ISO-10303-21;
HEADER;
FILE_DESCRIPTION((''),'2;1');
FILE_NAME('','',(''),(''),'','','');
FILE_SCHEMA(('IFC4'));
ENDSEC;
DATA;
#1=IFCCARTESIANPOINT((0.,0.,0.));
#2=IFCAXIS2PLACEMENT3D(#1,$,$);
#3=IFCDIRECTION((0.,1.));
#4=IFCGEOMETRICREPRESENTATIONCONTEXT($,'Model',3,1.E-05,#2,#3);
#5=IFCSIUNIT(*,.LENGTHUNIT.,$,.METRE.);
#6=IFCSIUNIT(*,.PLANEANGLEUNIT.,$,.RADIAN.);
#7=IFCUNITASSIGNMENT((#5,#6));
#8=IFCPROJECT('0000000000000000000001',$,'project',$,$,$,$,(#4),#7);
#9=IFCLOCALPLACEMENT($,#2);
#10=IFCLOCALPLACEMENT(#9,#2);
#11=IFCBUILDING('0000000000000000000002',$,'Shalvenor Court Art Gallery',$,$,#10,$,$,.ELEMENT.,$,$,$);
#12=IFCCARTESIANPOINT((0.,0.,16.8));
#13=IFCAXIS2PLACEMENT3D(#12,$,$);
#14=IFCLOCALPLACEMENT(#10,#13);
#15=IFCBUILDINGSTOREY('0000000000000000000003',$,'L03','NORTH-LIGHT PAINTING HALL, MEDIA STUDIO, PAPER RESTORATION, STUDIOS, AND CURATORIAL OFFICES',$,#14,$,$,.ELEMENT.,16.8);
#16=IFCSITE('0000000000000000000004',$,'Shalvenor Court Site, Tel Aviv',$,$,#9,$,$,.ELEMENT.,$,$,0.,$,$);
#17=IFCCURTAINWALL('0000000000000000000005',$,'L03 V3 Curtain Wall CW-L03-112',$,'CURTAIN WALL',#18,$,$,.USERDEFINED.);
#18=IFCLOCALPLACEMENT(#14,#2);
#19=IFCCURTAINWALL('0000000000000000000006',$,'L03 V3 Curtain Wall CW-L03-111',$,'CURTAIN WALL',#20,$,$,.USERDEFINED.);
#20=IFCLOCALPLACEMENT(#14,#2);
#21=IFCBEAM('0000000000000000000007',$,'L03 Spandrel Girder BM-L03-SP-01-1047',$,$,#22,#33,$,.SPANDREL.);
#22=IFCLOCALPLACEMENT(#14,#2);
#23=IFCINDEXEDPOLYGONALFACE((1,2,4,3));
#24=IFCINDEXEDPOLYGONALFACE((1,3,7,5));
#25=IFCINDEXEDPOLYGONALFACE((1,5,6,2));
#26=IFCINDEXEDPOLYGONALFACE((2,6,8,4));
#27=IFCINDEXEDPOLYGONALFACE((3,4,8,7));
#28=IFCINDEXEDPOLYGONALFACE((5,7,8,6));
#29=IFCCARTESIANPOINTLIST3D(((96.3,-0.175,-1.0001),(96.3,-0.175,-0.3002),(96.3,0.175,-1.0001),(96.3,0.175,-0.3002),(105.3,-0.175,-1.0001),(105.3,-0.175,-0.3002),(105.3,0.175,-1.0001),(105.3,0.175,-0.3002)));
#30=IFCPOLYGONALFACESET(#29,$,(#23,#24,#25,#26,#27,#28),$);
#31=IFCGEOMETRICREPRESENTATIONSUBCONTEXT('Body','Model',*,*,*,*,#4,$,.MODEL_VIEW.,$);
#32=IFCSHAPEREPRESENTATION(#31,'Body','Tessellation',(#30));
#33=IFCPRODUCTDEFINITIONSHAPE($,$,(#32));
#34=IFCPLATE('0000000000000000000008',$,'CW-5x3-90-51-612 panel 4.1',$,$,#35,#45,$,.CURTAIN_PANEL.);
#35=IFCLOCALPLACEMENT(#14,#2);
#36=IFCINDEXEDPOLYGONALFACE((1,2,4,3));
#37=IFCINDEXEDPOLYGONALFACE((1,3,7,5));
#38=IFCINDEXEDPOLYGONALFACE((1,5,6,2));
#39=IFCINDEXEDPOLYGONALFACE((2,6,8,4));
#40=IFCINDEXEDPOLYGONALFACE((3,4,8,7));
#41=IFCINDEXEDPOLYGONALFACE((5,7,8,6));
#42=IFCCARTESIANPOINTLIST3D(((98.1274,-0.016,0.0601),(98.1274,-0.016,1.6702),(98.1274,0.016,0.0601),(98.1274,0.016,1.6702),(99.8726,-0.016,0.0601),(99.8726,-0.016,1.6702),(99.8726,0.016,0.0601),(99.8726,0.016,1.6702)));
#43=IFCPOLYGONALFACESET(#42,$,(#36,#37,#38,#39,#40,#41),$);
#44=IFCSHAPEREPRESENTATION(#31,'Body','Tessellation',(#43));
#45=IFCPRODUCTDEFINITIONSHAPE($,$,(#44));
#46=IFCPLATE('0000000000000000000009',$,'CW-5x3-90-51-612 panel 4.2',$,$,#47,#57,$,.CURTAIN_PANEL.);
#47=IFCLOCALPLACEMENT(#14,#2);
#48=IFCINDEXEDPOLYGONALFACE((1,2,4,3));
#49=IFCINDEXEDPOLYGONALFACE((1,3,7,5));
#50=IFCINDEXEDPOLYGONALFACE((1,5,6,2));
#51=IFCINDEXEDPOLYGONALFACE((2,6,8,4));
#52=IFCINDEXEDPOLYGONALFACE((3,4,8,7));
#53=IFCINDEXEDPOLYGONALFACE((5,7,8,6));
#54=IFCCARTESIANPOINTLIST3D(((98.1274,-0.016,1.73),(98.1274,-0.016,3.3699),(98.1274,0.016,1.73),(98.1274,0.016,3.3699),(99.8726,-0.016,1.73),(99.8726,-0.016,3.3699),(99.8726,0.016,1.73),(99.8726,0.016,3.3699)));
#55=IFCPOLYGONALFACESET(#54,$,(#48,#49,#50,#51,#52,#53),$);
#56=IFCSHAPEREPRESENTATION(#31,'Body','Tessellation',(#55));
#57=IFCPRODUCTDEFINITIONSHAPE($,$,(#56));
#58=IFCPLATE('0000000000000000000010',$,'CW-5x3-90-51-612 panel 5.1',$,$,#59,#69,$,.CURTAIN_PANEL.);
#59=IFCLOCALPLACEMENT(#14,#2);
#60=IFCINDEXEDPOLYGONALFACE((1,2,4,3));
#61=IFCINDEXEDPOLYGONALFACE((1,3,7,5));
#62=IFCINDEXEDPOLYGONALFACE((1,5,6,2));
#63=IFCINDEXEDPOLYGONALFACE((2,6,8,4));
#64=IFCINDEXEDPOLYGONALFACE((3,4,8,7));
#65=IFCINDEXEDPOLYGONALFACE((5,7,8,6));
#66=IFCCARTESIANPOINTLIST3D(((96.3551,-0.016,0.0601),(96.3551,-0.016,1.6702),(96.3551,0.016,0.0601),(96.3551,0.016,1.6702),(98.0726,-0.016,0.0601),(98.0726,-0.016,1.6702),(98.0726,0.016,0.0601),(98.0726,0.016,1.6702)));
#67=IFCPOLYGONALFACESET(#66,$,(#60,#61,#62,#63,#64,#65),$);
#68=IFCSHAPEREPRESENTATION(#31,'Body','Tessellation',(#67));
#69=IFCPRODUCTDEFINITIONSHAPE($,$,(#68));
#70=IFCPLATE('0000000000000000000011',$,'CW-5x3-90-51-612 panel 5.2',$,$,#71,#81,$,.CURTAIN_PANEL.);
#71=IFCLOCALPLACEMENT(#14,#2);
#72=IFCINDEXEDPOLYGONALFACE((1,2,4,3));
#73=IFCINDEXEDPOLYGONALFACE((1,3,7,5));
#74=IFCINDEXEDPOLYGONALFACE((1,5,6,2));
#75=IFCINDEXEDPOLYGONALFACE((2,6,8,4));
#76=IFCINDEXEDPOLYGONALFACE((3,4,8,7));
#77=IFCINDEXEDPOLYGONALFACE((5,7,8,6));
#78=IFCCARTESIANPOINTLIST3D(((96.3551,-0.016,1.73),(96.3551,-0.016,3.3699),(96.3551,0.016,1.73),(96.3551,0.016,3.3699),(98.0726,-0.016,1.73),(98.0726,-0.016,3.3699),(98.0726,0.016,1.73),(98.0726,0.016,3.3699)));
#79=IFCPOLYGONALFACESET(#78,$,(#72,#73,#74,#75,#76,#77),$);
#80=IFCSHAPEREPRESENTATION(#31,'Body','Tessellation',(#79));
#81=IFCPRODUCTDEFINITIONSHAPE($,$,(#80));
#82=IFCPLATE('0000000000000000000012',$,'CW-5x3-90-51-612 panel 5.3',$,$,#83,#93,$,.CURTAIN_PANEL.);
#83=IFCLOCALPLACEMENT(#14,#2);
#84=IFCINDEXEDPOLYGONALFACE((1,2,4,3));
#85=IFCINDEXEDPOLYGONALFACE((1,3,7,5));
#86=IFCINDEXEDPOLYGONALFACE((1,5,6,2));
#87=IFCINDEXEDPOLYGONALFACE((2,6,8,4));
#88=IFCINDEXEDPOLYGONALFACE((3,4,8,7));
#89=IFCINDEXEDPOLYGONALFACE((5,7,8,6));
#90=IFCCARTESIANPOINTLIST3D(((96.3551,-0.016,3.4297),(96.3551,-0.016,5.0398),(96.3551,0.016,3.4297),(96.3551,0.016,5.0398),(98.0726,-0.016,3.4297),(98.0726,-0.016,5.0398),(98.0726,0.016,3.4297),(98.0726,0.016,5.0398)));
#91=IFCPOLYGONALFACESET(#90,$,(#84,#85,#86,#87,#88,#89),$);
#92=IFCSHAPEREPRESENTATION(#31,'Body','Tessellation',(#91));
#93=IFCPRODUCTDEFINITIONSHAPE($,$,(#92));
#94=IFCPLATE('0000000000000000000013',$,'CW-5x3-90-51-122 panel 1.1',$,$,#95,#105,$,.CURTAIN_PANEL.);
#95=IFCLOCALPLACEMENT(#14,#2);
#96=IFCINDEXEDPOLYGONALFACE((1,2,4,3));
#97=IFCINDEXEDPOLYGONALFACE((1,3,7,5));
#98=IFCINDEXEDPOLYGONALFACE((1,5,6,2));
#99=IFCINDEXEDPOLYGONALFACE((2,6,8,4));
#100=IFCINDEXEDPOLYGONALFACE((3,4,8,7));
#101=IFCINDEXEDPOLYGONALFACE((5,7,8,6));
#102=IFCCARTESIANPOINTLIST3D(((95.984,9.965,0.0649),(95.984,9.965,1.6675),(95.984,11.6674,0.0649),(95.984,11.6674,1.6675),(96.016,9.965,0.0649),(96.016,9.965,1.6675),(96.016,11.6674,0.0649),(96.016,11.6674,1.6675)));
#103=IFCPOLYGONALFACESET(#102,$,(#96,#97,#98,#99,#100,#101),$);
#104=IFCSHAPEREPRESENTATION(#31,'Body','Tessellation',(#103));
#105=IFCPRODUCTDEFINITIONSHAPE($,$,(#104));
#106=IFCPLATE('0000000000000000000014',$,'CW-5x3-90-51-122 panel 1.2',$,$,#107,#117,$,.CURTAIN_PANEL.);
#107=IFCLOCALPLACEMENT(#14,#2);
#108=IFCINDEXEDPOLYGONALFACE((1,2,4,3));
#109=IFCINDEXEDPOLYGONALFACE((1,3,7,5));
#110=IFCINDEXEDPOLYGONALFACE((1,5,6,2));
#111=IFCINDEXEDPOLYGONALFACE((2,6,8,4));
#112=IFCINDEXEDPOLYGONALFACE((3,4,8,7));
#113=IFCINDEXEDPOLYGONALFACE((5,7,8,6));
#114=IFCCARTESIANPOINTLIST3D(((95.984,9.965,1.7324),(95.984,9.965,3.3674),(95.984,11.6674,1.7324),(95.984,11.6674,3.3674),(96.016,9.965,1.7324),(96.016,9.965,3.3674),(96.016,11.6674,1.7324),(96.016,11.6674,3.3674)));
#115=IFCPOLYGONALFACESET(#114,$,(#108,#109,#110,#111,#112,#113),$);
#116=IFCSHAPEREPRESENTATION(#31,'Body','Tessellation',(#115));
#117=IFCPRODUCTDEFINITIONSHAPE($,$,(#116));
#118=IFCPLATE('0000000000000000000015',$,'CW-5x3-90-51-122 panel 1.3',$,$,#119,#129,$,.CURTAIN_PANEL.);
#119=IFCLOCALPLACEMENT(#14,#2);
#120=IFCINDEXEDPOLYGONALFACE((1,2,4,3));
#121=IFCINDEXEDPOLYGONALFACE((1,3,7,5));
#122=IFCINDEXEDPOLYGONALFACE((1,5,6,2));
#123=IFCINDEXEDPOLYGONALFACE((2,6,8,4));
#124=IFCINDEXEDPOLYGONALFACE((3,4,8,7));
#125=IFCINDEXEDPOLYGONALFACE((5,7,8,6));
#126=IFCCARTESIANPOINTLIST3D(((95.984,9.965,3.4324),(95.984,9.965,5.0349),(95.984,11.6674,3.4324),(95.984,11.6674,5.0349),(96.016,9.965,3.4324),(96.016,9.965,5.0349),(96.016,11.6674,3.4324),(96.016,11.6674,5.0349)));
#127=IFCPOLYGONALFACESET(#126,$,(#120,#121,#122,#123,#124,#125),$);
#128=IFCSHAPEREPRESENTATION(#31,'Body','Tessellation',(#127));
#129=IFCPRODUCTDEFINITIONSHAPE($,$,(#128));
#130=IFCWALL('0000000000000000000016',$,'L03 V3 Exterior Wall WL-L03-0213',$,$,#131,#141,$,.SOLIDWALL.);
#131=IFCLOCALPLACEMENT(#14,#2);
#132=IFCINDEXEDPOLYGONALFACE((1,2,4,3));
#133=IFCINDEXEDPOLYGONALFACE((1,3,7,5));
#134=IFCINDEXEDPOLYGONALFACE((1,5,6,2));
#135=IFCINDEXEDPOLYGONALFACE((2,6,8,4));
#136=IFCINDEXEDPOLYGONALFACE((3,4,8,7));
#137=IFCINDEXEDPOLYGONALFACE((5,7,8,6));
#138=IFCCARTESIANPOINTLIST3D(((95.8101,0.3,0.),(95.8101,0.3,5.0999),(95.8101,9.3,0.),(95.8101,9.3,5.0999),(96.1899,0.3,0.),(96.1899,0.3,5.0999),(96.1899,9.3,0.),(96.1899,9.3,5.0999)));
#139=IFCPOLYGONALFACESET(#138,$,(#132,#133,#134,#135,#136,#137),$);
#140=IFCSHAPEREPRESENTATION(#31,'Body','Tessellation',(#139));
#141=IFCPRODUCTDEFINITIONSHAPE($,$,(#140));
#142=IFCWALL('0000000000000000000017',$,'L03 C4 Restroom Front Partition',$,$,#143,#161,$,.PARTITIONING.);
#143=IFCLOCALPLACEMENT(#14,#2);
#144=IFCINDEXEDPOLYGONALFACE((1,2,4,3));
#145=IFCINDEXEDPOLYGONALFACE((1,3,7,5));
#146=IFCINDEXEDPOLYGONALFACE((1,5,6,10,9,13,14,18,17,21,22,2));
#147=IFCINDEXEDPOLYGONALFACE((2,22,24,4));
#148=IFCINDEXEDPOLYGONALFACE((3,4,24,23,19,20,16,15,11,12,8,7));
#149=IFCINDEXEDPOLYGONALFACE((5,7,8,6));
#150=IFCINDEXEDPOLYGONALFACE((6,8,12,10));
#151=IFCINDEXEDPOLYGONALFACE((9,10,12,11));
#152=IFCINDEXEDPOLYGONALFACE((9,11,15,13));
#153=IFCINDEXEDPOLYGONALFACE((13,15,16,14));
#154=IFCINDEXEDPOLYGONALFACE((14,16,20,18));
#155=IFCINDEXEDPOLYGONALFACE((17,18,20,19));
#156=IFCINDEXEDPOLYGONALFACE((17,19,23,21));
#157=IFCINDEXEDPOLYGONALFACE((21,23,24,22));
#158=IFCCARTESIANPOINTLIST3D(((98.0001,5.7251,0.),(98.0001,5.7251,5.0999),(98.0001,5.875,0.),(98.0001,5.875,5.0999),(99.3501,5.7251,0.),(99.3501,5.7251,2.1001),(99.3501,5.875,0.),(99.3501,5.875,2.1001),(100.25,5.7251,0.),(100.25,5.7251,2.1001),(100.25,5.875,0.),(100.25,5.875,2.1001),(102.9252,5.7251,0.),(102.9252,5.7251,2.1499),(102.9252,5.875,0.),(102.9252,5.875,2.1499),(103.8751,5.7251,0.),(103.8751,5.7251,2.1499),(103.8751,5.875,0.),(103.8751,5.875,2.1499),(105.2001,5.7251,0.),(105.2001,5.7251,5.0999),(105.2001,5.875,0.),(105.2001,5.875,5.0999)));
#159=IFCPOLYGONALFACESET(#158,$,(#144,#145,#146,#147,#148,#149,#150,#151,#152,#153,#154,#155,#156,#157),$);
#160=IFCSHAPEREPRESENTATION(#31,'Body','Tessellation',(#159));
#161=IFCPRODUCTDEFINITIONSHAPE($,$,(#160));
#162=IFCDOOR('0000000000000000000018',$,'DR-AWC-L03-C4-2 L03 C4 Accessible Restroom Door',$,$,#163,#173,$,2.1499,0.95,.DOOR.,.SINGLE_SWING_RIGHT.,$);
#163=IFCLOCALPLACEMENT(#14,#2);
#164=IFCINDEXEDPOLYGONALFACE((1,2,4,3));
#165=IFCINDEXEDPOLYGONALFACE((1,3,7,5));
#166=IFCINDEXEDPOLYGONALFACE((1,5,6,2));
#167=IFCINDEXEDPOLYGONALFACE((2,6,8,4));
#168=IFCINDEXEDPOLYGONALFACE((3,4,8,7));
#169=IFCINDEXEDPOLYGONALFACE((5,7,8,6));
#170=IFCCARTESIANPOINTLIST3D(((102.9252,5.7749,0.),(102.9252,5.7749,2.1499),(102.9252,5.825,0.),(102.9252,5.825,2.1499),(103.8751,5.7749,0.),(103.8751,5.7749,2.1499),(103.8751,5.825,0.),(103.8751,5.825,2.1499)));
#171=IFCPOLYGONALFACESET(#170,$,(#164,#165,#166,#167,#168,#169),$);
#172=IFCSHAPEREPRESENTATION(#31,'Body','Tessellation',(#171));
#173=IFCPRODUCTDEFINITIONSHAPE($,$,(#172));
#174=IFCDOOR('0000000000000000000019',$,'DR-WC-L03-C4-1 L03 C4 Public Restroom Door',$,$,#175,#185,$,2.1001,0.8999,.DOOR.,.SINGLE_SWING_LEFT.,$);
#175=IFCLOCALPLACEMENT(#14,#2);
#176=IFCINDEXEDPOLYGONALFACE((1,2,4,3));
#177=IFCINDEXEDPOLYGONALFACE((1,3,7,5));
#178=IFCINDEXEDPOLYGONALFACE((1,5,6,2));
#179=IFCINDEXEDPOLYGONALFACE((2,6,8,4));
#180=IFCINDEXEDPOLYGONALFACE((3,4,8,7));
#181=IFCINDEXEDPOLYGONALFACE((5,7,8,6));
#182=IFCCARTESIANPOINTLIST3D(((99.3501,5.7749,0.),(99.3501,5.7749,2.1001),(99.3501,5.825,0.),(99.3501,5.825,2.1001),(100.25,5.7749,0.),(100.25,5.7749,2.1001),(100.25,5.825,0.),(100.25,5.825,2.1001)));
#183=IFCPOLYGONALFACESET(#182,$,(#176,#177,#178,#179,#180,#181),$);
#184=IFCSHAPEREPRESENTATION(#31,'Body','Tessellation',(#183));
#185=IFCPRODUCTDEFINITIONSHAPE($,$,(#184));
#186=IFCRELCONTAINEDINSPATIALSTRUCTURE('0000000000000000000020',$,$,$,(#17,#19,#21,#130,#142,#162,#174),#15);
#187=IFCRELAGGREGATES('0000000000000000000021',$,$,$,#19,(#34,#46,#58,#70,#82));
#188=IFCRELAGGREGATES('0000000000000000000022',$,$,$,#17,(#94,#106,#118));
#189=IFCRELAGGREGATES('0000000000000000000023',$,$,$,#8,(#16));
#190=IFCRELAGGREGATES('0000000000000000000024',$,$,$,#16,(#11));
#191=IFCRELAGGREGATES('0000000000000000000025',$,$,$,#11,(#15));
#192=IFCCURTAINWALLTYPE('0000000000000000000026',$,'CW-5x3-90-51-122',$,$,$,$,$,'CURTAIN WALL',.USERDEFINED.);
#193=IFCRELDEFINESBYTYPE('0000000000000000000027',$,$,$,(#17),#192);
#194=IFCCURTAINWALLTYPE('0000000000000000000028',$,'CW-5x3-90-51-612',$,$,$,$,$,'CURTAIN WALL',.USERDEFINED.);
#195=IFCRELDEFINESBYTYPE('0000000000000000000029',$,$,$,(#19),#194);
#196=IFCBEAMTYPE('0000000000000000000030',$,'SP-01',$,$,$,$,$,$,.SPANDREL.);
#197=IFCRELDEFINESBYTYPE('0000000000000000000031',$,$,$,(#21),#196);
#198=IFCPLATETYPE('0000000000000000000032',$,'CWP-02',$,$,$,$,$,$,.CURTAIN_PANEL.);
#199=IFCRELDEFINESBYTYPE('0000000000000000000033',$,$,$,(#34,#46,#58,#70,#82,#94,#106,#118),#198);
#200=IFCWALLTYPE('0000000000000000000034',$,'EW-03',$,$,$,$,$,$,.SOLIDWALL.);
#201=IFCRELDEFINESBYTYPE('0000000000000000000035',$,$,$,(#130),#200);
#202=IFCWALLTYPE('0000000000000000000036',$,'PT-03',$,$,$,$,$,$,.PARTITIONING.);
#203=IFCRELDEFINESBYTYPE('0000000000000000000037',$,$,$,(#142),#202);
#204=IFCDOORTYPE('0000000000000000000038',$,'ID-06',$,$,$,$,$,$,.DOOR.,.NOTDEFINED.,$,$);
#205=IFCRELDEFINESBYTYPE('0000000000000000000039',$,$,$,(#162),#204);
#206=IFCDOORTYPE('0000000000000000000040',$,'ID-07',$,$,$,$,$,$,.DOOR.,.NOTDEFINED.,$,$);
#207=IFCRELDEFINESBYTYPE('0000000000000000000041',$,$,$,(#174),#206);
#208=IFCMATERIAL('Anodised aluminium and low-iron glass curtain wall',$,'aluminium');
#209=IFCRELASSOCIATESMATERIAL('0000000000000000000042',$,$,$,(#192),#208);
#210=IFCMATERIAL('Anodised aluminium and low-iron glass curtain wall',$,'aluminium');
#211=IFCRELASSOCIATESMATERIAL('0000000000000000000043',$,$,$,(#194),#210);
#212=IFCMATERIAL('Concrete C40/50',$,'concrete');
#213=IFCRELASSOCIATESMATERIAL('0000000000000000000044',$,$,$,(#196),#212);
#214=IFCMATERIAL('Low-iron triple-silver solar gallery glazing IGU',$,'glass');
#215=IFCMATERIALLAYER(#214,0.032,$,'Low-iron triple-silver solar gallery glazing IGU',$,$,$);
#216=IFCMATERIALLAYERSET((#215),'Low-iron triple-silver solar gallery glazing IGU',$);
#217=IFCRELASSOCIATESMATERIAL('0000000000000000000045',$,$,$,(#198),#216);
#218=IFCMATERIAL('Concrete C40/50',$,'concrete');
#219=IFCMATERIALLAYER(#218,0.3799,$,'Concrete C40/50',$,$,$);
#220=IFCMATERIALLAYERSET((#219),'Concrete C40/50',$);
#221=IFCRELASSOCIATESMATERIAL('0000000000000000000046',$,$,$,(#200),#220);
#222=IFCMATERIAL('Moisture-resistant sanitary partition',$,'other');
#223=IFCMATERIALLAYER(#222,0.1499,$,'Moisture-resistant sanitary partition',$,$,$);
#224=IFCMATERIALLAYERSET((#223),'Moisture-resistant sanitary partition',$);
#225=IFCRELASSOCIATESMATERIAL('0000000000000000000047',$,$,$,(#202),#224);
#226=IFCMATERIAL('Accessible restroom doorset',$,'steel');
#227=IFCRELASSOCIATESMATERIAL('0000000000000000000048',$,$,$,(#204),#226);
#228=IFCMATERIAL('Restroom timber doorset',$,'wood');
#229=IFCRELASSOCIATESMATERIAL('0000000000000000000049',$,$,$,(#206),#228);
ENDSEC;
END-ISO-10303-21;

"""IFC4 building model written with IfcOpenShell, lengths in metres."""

from ifc_helpers import new_model, si_unit, direction, frame, frame_2d, origin, origin_2d, place, context, subcontext, project, spatial, rectangle, extrude, material, layer, layer_set, material_profile, profile_set, type_object, element, fill, aggregate, save


model = new_model("IFC4")

# Units and contexts
model_context = context("Model", 3, precision=1e-05, world=origin(), true_north=direction((0.0, 1.0)))
body_context = subcontext(model_context, "Body", "Model", "MODEL_VIEW")
ifc_project = project(units=[si_unit("LENGTHUNIT", "METRE"), si_unit("PLANEANGLEUNIT", "RADIAN")], contexts=[model_context])

# Site, building, storey
site_placement = place(None, origin())
site = spatial("IfcSite", under=ifc_project, at=site_placement, Name="Shalvenor Court Site, Tel Aviv", CompositionType="ELEMENT", RefElevation=0.0)
building_placement = place(site_placement, origin())
building = spatial("IfcBuilding", under=site, at=building_placement, Name="Shalvenor Court Art Gallery", CompositionType="ELEMENT")
storey_placement = place(building_placement, frame((0.0, 0.0, 16.8)))
storey = spatial("IfcBuildingStorey", under=building, at=storey_placement, Name="L03", Description="NORTH-LIGHT PAINTING HALL, MEDIA STUDIO, PAPER RESTORATION, STUDIOS, AND CURATORIAL OFFICES", CompositionType="ELEMENT", Elevation=16.8)

# Curtain wall
ifc_material_1 = material(Name="Anodised aluminium and low-iron glass curtain wall", Category="aluminium")
curtain_wall_type_1 = type_object("IfcCurtainWallType", Name="CW-5x3-90-51-122", ElementType="CURTAIN WALL", PredefinedType="USERDEFINED", material=ifc_material_1)
curtain_wall_1_placement = place(storey_placement, origin())
curtain_wall_1 = element("IfcCurtainWall", 1, at=curtain_wall_1_placement, inside=storey, type_object=curtain_wall_type_1, Name="L03 V3 Curtain Wall CW-L03-112", ObjectType="CURTAIN WALL", PredefinedType="USERDEFINED")

# Curtain wall
ifc_material_2 = material(Name="Anodised aluminium and low-iron glass curtain wall", Category="aluminium")
curtain_wall_type_2 = type_object("IfcCurtainWallType", Name="CW-5x3-90-51-612", ElementType="CURTAIN WALL", PredefinedType="USERDEFINED", material=ifc_material_2)
curtain_wall_2_placement = place(storey_placement, origin())
curtain_wall_2 = element("IfcCurtainWall", 2, at=curtain_wall_2_placement, inside=storey, type_object=curtain_wall_type_2, Name="L03 V3 Curtain Wall CW-L03-111", ObjectType="CURTAIN WALL", PredefinedType="USERDEFINED")

# Beam
ifc_material_3 = material(Name="Concrete C40/50", Category="concrete")
ifc_material_profile_1 = material_profile(ifc_material_3, rectangle(XDim=0.3501, YDim=0.7, at=origin_2d()), Name="RC 350x700")
ifc_profile_set_1 = profile_set([ifc_material_profile_1], Name="Concrete C40/50")
beam_type_1 = type_object("IfcBeamType", Name="SP-01", PredefinedType="SPANDREL", material=ifc_profile_set_1)
beam_1_placement = place(storey_placement, frame((96.3, 0.0, -0.6501), z_axis=(1.0, 0.0, 0.0), x_axis=(0.0, 1.0, 0.0)))
element("IfcBeam", 3, at=beam_1_placement, inside=storey, type_object=beam_type_1, Name="L03 Spandrel Girder BM-L03-SP-01-1047", PredefinedType="SPANDREL", context=body_context, shape_type="SweptSolid", body=[
    extrude(rectangle(XDim=0.3501, YDim=0.7, at=origin_2d()), origin(), (0.0, 0.0, 1.0), 9.0),
])

# Plates
ifc_material_4 = material(Name="Low-iron triple-silver solar gallery glazing IGU", Category="glass")
ifc_layer_1 = layer(ifc_material_4, 0.032, Name="Low-iron triple-silver solar gallery glazing IGU")
ifc_layer_set_1 = layer_set([ifc_layer_1], Name="Low-iron triple-silver solar gallery glazing IGU")
plate_type = type_object("IfcPlateType", Name="CWP-02", PredefinedType="CURTAIN_PANEL", material=ifc_layer_set_1)
plate_1_placement = place(storey_placement, frame((99.0, 0.0, 0.0601), z_axis=(0.0, 0.0, 1.0), x_axis=(-1.0, 0.0, 0.0)))
plate_1 = element("IfcPlate", 4, at=plate_1_placement, type_object=plate_type, Name="CW-5x3-90-51-612 panel 4.1", PredefinedType="CURTAIN_PANEL", context=body_context, shape_type="SweptSolid", body=[
    extrude(rectangle(XDim=1.7451, YDim=0.032, at=origin_2d()), origin(), (0.0, 0.0, 1.0), 1.6101),
])
plate_2_placement = place(storey_placement, frame((99.0, 0.0, 1.73), z_axis=(0.0, 0.0, 1.0), x_axis=(-1.0, 0.0, 0.0)))
plate_2 = element("IfcPlate", 5, at=plate_2_placement, type_object=plate_type, Name="CW-5x3-90-51-612 panel 4.2", PredefinedType="CURTAIN_PANEL", context=body_context, shape_type="SweptSolid", body=[
    extrude(rectangle(XDim=1.7451, YDim=0.032, at=origin_2d()), origin(), (0.0, 0.0, 1.0), 1.6399),
])
plate_3_placement = place(storey_placement, frame((97.2139, 0.0, 0.0601), z_axis=(0.0, 0.0, 1.0), x_axis=(-1.0, 0.0, 0.0)))
plate_3 = element("IfcPlate", 6, at=plate_3_placement, type_object=plate_type, Name="CW-5x3-90-51-612 panel 5.1", PredefinedType="CURTAIN_PANEL", context=body_context, shape_type="SweptSolid", body=[
    extrude(rectangle(XDim=1.7175, YDim=0.032, at=origin_2d()), origin(), (0.0, 0.0, 1.0), 1.6101),
])
plate_4_placement = place(storey_placement, frame((97.2139, 0.0, 1.73), z_axis=(0.0, 0.0, 1.0), x_axis=(-1.0, 0.0, 0.0)))
plate_4 = element("IfcPlate", 7, at=plate_4_placement, type_object=plate_type, Name="CW-5x3-90-51-612 panel 5.2", PredefinedType="CURTAIN_PANEL", context=body_context, shape_type="SweptSolid", body=[
    extrude(rectangle(XDim=1.7175, YDim=0.032, at=origin_2d()), origin(), (0.0, 0.0, 1.0), 1.6399),
])
plate_5_placement = place(storey_placement, frame((97.2139, 0.0, 3.4297), z_axis=(0.0, 0.0, 1.0), x_axis=(-1.0, 0.0, 0.0)))
plate_5 = element("IfcPlate", 8, at=plate_5_placement, type_object=plate_type, Name="CW-5x3-90-51-612 panel 5.3", PredefinedType="CURTAIN_PANEL", context=body_context, shape_type="SweptSolid", body=[
    extrude(rectangle(XDim=1.7175, YDim=0.032, at=origin_2d()), origin(), (0.0, 0.0, 1.0), 1.6101),
])
aggregate(curtain_wall_2, [plate_1, plate_2, plate_3, plate_4, plate_5])
plate_6_placement = place(storey_placement, frame((96.0, 10.8162, 0.0649), z_axis=(0.0, 0.0, 1.0), x_axis=(0.0, 1.0, 0.0)))
plate_6 = element("IfcPlate", 9, at=plate_6_placement, type_object=plate_type, Name="CW-5x3-90-51-122 panel 1.1", PredefinedType="CURTAIN_PANEL", context=body_context, shape_type="SweptSolid", body=[
    extrude(rectangle(XDim=1.7024, YDim=0.032, at=origin_2d()), origin(), (0.0, 0.0, 1.0), 1.6025),
])
plate_7_placement = place(storey_placement, frame((96.0, 10.8162, 1.7324), z_axis=(0.0, 0.0, 1.0), x_axis=(0.0, 1.0, 0.0)))
plate_7 = element("IfcPlate", 10, at=plate_7_placement, type_object=plate_type, Name="CW-5x3-90-51-122 panel 1.2", PredefinedType="CURTAIN_PANEL", context=body_context, shape_type="SweptSolid", body=[
    extrude(rectangle(XDim=1.7024, YDim=0.032, at=origin_2d()), origin(), (0.0, 0.0, 1.0), 1.635),
])
plate_8_placement = place(storey_placement, frame((96.0, 10.8162, 3.4324), z_axis=(0.0, 0.0, 1.0), x_axis=(0.0, 1.0, 0.0)))
plate_8 = element("IfcPlate", 11, at=plate_8_placement, type_object=plate_type, Name="CW-5x3-90-51-122 panel 1.3", PredefinedType="CURTAIN_PANEL", context=body_context, shape_type="SweptSolid", body=[
    extrude(rectangle(XDim=1.7024, YDim=0.032, at=origin_2d()), origin(), (0.0, 0.0, 1.0), 1.6025),
])
aggregate(curtain_wall_1, [plate_6, plate_7, plate_8])

# Wall
ifc_material_5 = material(Name="Concrete C40/50", Category="concrete")
ifc_layer_2 = layer(ifc_material_5, 0.3799, Name="Concrete C40/50")
ifc_layer_set_2 = layer_set([ifc_layer_2], Name="Concrete C40/50")
wall_type_1 = type_object("IfcWallType", Name="EW-03", PredefinedType="SOLIDWALL", material=ifc_layer_set_2)
wall_1_placement = place(storey_placement, frame((96.0, 0.3, 0.0), z_axis=(0.0, 0.0, 1.0), x_axis=(0.0, 1.0, 0.0)))
element("IfcWall", 12, at=wall_1_placement, inside=storey, type_object=wall_type_1, Name="L03 V3 Exterior Wall WL-L03-0213", PredefinedType="SOLIDWALL", context=body_context, shape_type="SweptSolid", body=[
    extrude(rectangle(XDim=9.0, YDim=0.3799, at=frame_2d((4.5, 0.0))), origin(), (0.0, 0.0, 1.0), 5.0999),
])

# Wall, openings, doors
ifc_material_6 = material(Name="Moisture-resistant sanitary partition", Category="other")
ifc_layer_3 = layer(ifc_material_6, 0.1499, Name="Moisture-resistant sanitary partition")
ifc_layer_set_3 = layer_set([ifc_layer_3], Name="Moisture-resistant sanitary partition")
wall_type_2 = type_object("IfcWallType", Name="PT-03", PredefinedType="PARTITIONING", material=ifc_layer_set_3)
wall_2_placement = place(storey_placement, frame((98.0, 5.8, 0.0), z_axis=(0.0, 0.0, 1.0), x_axis=(1.0, 0.0, 0.0)))
wall_2 = element("IfcWall", 13, at=wall_2_placement, inside=storey, type_object=wall_type_2, Name="L03 C4 Restroom Front Partition", PredefinedType="PARTITIONING", context=body_context, shape_type="SweptSolid", body=[
    extrude(rectangle(XDim=7.2, YDim=0.1499, at=frame_2d((3.6001, 0.0))), origin(), (0.0, 0.0, 1.0), 5.0999),
])
opening_1_placement = place(wall_2_placement, frame((1.3501, 0.0, 0.0)))
opening_1 = element("IfcOpeningElement", 14, at=opening_1_placement, cuts=wall_2, PredefinedType="OPENING", context=body_context, shape_type="SweptSolid", body=[
    extrude(rectangle(XDim=0.8999, YDim=2.1001, at=frame_2d((0.45, 1.05))), frame((0.0, 0.085, 0.0), z_axis=(0.0, -1.0, 0.0), x_axis=(1.0, 0.0, 0.0)), (0.0, 0.0, 1.0), 0.1699),
])
opening_2_placement = place(wall_2_placement, frame((4.925, 0.0, 0.0)))
opening_2 = element("IfcOpeningElement", 15, at=opening_2_placement, cuts=wall_2, PredefinedType="OPENING", context=body_context, shape_type="SweptSolid", body=[
    extrude(rectangle(XDim=0.95, YDim=2.1499, at=frame_2d((0.4751, 1.075))), frame((0.0, 0.085, 0.0), z_axis=(0.0, -1.0, 0.0), x_axis=(1.0, 0.0, 0.0)), (0.0, 0.0, 1.0), 0.1699),
])
ifc_material_7 = material(Name="Accessible restroom doorset", Category="steel")
door_type_1 = type_object("IfcDoorType", Name="ID-06", OperationType="NOTDEFINED", PredefinedType="DOOR", material=ifc_material_7)
door_1_placement = place(opening_2_placement, origin())
door_1 = element("IfcDoor", 16, at=door_1_placement, inside=storey, type_object=door_type_1, Name="DR-AWC-L03-C4-2 L03 C4 Accessible Restroom Door", OperationType="SINGLE_SWING_RIGHT", OverallHeight=2.1499, OverallWidth=0.95, PredefinedType="DOOR", context=body_context, shape_type="SweptSolid", body=[
    extrude(rectangle(XDim=0.95, YDim=2.1499, at=frame_2d((0.4751, 1.075))), frame((0.0, 0.0249, 0.0), z_axis=(0.0, -1.0, 0.0), x_axis=(1.0, 0.0, 0.0)), (0.0, 0.0, 1.0), 0.05),
])
fill(opening_2, door_1)
ifc_material_8 = material(Name="Restroom timber doorset", Category="wood")
door_type_2 = type_object("IfcDoorType", Name="ID-07", OperationType="NOTDEFINED", PredefinedType="DOOR", material=ifc_material_8)
door_2_placement = place(opening_1_placement, origin())
door_2 = element("IfcDoor", 17, at=door_2_placement, inside=storey, type_object=door_type_2, Name="DR-WC-L03-C4-1 L03 C4 Public Restroom Door", OperationType="SINGLE_SWING_LEFT", OverallHeight=2.1001, OverallWidth=0.8999, PredefinedType="DOOR", context=body_context, shape_type="SweptSolid", body=[
    extrude(rectangle(XDim=0.8999, YDim=2.1001, at=frame_2d((0.45, 1.05))), frame((0.0, 0.0249, 0.0), z_axis=(0.0, -1.0, 0.0), x_axis=(1.0, 0.0, 0.0)), (0.0, 0.0, 1.0), 0.05),
])
fill(opening_1, door_2)

save(model, "model.ifc")
